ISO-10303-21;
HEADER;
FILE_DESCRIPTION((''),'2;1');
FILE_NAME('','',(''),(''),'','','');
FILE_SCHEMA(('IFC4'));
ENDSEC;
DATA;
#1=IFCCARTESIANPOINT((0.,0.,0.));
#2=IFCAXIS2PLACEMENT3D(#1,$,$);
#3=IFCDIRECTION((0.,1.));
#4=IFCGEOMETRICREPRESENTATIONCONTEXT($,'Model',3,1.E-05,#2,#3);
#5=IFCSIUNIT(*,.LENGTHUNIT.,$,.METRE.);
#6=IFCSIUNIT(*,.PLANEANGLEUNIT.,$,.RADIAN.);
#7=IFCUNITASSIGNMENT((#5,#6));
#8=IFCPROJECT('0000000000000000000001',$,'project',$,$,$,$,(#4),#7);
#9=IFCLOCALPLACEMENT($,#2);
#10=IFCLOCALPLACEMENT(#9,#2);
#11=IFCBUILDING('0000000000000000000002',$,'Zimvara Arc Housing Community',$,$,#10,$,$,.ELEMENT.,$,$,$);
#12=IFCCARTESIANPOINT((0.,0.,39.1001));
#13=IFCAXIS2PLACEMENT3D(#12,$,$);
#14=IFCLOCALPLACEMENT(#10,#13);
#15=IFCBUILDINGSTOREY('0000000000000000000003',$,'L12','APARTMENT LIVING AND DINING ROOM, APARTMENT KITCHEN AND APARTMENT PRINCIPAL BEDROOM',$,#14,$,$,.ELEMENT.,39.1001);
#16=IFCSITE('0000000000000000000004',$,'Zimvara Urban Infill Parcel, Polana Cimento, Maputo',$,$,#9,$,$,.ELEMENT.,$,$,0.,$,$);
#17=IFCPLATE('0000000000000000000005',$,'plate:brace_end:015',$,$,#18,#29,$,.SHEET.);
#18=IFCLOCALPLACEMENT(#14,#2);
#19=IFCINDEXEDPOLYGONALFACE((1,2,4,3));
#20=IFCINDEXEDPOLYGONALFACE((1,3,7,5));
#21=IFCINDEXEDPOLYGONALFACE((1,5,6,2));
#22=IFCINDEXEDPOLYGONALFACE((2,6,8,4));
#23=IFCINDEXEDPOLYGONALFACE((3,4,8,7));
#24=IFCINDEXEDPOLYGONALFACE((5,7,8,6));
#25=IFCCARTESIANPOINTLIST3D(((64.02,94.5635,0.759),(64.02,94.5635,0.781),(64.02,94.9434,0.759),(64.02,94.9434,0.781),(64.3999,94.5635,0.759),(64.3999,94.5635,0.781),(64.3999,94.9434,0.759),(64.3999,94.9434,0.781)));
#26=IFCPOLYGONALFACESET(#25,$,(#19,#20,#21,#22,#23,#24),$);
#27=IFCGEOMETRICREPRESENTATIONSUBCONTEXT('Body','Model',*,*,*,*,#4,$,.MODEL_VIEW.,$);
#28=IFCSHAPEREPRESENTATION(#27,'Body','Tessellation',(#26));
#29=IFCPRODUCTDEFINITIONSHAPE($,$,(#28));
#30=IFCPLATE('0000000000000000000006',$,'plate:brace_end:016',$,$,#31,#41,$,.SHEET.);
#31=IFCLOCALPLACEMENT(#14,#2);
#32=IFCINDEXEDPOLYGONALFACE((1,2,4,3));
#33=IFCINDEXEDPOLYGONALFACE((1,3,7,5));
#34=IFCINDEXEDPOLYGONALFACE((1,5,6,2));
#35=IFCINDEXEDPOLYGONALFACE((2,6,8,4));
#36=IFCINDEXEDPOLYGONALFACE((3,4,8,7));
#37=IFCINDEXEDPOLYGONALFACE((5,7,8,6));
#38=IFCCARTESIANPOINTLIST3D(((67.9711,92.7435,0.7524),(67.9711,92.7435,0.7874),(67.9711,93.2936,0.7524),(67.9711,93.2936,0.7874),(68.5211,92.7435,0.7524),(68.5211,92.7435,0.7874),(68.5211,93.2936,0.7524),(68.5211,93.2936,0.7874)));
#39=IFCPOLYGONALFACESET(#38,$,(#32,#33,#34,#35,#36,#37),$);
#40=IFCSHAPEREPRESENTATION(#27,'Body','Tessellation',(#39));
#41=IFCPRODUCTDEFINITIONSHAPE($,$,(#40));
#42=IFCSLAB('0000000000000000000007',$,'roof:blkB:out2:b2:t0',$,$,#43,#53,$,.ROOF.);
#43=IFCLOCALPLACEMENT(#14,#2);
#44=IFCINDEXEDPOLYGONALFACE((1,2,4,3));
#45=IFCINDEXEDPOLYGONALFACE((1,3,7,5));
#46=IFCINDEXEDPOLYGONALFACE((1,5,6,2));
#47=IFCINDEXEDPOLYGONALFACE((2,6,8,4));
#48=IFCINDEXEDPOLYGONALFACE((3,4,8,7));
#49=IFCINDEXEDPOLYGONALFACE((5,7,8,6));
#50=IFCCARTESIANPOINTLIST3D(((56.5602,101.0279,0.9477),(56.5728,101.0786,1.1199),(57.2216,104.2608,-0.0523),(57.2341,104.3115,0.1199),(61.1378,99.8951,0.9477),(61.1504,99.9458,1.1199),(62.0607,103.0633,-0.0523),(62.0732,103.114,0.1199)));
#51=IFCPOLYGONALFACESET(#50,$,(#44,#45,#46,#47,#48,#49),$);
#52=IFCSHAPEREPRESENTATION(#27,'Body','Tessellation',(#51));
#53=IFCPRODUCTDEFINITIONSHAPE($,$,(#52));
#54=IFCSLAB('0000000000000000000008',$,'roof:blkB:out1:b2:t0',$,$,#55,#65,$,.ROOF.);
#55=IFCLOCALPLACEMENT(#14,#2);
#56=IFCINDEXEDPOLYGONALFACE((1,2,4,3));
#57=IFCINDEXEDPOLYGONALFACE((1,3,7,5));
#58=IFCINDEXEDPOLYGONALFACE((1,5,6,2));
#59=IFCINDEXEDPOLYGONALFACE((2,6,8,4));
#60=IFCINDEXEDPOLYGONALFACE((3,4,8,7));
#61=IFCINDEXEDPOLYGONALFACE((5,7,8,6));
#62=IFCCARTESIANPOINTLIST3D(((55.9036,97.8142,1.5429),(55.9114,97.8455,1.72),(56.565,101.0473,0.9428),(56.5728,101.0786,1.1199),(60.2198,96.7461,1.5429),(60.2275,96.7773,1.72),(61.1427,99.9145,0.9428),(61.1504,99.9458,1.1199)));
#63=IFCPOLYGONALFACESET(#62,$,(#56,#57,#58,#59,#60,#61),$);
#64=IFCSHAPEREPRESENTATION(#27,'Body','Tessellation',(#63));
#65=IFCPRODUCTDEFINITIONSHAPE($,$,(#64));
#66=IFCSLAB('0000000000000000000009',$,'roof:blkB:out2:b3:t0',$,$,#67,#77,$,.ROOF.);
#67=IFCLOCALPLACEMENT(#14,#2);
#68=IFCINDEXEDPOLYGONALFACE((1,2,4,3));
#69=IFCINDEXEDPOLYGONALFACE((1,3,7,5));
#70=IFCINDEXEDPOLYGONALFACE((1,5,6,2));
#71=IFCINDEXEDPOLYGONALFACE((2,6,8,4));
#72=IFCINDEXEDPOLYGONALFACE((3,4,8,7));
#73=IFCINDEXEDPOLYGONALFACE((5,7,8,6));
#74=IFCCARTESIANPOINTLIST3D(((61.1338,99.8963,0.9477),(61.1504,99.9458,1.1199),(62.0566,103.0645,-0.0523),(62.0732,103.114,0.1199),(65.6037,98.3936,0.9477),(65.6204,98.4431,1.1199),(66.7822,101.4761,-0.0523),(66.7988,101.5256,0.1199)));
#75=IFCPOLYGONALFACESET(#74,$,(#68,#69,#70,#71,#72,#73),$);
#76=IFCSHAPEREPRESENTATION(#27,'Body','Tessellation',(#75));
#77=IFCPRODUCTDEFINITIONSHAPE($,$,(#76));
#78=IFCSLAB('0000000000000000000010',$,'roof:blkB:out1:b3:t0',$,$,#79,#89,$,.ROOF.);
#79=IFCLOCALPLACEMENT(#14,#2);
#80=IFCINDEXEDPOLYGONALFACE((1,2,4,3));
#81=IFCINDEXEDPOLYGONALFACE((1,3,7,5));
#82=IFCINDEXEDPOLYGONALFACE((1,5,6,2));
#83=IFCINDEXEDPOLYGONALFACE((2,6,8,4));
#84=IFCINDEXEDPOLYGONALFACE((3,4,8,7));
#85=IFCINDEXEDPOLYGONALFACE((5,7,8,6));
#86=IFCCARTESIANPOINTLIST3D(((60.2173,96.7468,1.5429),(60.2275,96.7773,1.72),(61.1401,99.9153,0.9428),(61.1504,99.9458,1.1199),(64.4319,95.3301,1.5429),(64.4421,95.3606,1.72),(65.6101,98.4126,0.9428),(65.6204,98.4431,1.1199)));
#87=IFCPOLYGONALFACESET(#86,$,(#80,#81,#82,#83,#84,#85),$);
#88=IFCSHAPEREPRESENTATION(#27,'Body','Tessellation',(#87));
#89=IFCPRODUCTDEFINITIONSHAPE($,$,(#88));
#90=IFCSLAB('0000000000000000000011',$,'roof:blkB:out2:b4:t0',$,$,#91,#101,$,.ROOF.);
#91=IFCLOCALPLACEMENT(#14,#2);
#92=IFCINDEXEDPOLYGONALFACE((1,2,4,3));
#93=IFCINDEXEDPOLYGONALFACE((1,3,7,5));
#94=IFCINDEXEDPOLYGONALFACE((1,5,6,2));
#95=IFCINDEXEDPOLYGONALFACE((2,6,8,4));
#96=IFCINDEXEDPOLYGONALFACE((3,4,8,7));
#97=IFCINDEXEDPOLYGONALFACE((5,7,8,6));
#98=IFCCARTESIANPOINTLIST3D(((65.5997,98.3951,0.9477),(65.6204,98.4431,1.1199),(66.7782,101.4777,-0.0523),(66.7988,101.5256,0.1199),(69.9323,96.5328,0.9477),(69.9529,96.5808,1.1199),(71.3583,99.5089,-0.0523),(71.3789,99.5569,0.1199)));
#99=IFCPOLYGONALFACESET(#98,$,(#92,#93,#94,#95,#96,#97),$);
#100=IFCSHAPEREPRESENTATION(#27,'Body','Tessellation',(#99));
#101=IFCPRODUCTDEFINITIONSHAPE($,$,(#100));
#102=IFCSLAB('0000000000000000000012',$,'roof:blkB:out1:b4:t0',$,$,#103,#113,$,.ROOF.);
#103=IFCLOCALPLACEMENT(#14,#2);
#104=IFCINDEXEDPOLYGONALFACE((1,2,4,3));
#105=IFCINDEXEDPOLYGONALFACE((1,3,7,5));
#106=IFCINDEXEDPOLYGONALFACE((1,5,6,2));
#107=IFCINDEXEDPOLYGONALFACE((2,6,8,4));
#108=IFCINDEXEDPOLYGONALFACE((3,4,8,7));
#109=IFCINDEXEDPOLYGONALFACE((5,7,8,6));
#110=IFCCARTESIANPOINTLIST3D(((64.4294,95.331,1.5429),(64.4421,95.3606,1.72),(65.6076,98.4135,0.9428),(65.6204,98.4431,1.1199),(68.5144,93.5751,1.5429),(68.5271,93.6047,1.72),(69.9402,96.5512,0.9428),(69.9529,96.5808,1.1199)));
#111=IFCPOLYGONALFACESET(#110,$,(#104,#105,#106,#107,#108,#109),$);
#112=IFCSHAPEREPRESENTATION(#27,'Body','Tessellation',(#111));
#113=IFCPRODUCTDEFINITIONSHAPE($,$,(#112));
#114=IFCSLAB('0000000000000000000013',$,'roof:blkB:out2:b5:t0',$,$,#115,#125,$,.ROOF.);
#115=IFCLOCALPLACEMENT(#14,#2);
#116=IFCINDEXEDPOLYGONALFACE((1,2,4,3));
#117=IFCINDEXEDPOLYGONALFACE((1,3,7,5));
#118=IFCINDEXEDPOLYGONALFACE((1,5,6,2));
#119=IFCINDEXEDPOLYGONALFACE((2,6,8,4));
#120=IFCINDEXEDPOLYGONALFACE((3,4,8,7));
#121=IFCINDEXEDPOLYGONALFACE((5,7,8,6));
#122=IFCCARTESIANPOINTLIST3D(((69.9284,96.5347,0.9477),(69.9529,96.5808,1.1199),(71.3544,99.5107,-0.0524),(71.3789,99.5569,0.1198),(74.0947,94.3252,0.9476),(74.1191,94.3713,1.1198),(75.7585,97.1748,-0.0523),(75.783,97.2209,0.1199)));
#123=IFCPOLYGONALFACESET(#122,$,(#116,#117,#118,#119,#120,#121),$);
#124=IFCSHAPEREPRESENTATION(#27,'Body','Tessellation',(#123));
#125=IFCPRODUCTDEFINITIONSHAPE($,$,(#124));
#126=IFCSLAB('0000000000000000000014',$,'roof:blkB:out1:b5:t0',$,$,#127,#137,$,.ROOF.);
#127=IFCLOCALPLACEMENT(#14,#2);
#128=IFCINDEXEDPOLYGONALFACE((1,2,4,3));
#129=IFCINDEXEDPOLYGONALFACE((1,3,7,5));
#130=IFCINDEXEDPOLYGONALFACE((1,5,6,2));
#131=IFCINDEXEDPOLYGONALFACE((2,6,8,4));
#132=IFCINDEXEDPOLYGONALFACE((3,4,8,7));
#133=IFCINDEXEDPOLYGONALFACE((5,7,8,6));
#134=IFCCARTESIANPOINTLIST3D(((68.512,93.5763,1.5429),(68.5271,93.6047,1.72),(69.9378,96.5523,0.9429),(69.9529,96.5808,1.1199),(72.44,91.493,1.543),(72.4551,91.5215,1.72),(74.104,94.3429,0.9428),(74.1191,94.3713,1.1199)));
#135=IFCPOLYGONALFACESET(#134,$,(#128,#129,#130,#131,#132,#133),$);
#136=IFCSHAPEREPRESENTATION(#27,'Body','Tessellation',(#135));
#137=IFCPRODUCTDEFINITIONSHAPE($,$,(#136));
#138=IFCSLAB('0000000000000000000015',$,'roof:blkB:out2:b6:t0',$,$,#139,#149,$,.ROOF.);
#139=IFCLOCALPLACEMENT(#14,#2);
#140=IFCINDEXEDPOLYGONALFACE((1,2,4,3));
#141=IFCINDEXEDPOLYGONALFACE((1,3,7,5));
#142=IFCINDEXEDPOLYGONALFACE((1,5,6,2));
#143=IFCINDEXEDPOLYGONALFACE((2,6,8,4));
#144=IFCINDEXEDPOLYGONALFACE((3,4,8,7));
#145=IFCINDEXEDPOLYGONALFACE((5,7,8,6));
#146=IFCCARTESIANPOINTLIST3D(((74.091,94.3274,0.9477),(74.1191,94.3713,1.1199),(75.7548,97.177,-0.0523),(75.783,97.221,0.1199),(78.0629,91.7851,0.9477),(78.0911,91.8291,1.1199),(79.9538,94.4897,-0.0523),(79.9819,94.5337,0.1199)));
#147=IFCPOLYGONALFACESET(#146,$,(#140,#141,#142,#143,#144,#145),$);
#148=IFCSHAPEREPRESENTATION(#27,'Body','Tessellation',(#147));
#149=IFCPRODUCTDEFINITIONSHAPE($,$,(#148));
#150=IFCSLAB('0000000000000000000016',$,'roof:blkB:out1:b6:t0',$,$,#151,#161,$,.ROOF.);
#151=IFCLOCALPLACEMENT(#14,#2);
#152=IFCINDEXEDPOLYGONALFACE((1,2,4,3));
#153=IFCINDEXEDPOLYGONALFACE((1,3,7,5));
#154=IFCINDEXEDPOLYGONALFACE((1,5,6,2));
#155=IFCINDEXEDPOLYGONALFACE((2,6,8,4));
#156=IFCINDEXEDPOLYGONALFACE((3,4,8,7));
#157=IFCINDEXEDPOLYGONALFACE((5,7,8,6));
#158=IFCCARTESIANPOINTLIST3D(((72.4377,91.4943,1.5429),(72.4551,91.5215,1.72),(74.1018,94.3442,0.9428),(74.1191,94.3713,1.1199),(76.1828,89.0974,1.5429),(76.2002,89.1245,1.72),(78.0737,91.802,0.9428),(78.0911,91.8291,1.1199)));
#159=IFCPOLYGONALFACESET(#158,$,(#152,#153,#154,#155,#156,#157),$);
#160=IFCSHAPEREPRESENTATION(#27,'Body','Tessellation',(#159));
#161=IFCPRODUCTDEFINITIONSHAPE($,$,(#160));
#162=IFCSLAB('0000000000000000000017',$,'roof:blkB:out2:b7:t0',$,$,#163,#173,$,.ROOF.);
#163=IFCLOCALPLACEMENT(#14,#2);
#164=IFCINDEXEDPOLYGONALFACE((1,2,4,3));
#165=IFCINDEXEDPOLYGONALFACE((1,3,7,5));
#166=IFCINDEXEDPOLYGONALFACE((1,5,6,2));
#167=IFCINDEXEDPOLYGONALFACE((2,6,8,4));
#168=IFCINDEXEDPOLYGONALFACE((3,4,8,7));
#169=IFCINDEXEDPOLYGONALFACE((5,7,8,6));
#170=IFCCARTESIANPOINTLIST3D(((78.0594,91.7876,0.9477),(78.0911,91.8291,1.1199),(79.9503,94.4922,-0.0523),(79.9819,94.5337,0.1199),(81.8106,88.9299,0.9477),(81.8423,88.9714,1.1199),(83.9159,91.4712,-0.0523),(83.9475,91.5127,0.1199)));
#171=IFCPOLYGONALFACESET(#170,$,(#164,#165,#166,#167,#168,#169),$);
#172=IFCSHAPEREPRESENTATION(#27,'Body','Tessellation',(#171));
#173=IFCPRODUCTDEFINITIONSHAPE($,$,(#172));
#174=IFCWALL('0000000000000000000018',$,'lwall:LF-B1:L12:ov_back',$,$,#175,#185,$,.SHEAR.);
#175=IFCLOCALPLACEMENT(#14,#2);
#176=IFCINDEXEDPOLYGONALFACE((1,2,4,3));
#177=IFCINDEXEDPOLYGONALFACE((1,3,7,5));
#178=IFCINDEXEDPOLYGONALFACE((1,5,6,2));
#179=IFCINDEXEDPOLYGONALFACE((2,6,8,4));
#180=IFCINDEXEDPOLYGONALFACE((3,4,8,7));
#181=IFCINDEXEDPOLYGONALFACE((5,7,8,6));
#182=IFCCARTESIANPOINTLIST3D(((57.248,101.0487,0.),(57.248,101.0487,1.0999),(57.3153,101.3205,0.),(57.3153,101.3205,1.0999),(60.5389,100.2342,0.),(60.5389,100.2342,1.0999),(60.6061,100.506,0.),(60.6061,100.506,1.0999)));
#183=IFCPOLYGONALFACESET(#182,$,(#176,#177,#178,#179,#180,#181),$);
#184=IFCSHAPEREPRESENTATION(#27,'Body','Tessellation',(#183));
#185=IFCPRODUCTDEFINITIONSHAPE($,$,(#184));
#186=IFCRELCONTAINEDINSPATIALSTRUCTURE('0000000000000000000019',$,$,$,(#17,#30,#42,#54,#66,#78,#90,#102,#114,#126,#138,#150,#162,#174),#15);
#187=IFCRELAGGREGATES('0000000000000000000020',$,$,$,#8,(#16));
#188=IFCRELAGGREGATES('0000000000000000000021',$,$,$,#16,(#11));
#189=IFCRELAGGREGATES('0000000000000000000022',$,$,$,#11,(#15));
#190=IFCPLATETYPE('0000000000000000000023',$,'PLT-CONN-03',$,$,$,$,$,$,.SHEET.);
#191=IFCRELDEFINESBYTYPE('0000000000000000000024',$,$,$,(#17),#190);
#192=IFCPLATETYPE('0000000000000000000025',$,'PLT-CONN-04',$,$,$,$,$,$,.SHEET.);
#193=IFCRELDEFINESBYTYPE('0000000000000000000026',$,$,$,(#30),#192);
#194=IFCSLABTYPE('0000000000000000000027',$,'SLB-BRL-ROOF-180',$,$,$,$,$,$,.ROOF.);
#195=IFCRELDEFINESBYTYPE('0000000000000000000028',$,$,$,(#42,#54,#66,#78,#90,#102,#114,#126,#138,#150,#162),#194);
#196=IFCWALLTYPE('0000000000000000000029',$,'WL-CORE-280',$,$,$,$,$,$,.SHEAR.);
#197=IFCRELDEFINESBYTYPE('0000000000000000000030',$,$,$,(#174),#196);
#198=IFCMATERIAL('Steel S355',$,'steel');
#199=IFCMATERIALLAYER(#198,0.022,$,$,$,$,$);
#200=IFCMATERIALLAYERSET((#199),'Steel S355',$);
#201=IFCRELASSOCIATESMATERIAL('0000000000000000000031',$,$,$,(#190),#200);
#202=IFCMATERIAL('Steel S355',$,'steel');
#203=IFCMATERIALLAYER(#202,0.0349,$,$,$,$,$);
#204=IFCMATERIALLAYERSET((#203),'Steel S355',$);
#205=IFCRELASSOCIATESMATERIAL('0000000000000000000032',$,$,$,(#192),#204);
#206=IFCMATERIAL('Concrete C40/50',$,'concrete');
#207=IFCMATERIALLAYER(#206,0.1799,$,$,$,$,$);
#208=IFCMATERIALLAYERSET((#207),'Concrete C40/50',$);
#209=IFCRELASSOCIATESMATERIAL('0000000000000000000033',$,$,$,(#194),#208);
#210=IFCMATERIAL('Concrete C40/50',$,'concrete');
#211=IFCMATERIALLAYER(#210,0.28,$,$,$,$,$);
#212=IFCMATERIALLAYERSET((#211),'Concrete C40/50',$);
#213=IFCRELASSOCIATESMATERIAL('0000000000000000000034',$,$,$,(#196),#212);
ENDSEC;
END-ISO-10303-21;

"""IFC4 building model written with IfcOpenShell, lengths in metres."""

from ifc_helpers import new_model, si_unit, direction, frame, frame_2d, origin, origin_2d, place, context, subcontext, project, spatial, polyline, rectangle, outline, extrude, material, layer, layer_set, type_object, element, save


model = new_model("IFC4")

# Units and contexts
model_context = context("Model", 3, precision=1e-05, world=origin(), true_north=direction((0.0, 1.0)))
body_context = subcontext(model_context, "Body", "Model", "MODEL_VIEW")
ifc_project = project(units=[si_unit("LENGTHUNIT", "METRE"), si_unit("PLANEANGLEUNIT", "RADIAN")], contexts=[model_context])

# Site, building, storey
site_placement = place(None, origin())
site = spatial("IfcSite", under=ifc_project, at=site_placement, Name="Zimvara Urban Infill Parcel, Polana Cimento, Maputo", CompositionType="ELEMENT", RefElevation=0.0)
building_placement = place(site_placement, origin())
building = spatial("IfcBuilding", under=site, at=building_placement, Name="Zimvara Arc Housing Community", CompositionType="ELEMENT")
storey_placement = place(building_placement, frame((0.0, 0.0, 39.1001)))
storey = spatial("IfcBuildingStorey", under=building, at=storey_placement, Name="L12", Description="APARTMENT LIVING AND DINING ROOM, APARTMENT KITCHEN AND APARTMENT PRINCIPAL BEDROOM", CompositionType="ELEMENT", Elevation=39.1001)

# Plates
ifc_material_1 = material(Name="Steel S355", Category="steel")
ifc_layer_1 = layer(ifc_material_1, 0.022)
ifc_layer_set_1 = layer_set([ifc_layer_1], Name="Steel S355")
plate_type_1 = type_object("IfcPlateType", Name="PLT-CONN-03", PredefinedType="SHEET", material=ifc_layer_set_1)
plate_1_placement = place(storey_placement, frame((64.21, 94.7534, 0.759), z_axis=(0.0, 0.0, 1.0), x_axis=(1.0, 0.0, 0.0)))
element("IfcPlate", 1, at=plate_1_placement, inside=storey, type_object=plate_type_1, Name="plate:brace_end:015", PredefinedType="SHEET", context=body_context, shape_type="SweptSolid", body=[
    extrude(rectangle(XDim=0.3799, YDim=0.3799, at=origin_2d()), origin(), (0.0, 0.0, 1.0), 0.022),
])
ifc_material_2 = material(Name="Steel S355", Category="steel")
ifc_layer_2 = layer(ifc_material_2, 0.0349)
ifc_layer_set_2 = layer_set([ifc_layer_2], Name="Steel S355")
plate_type_2 = type_object("IfcPlateType", Name="PLT-CONN-04", PredefinedType="SHEET", material=ifc_layer_set_2)
plate_2_placement = place(storey_placement, frame((68.2461, 93.0186, 0.7524), z_axis=(0.0, 0.0, 1.0), x_axis=(1.0, 0.0, 0.0)))
element("IfcPlate", 2, at=plate_2_placement, inside=storey, type_object=plate_type_2, Name="plate:brace_end:016", PredefinedType="SHEET", context=body_context, shape_type="SweptSolid", body=[
    extrude(rectangle(XDim=0.55, YDim=0.55, at=origin_2d()), origin(), (0.0, 0.0, 1.0), 0.0349),
])

# Slabs
ifc_material_3 = material(Name="Concrete C40/50", Category="concrete")
ifc_layer_3 = layer(ifc_material_3, 0.1799)
ifc_layer_set_3 = layer_set([ifc_layer_3], Name="Concrete C40/50")
slab_type = type_object("IfcSlabType", Name="SLB-BRL-ROOF-180", PredefinedType="ROOF", material=ifc_layer_set_3)
slab_1_placement = place(storey_placement, frame((62.0732, 103.114, 0.1199), z_axis=(0.069721, 0.28174, 0.956954), x_axis=(-0.970719, 0.240219, 0.0)))
element("IfcSlab", 3, at=slab_1_placement, inside=storey, type_object=slab_type, Name="roof:blkB:out2:b2:t0", PredefinedType="ROOF", context=body_context, shape_type="SweptSolid", body=[
    extrude(outline(polyline([(0.0, 0.0), (4.9851, 0.0), (4.8505, 3.4454), (0.1348, 3.4454), (0.0, 0.0)])), origin(), (0.0, 0.0, -1.0), 0.1799),
])
slab_2_placement = place(storey_placement, frame((61.1504, 99.9458, 1.1199), z_axis=(0.043012, 0.173809, 0.98384), x_axis=(-0.970718, 0.24022, 0.0)))
element("IfcSlab", 4, at=slab_2_placement, inside=storey, type_object=slab_type, Name="roof:blkB:out1:b2:t0", PredefinedType="ROOF", context=body_context, shape_type="SweptSolid", body=[
    extrude(outline(polyline([(0.0, 0.0), (4.7157, 0.0), (4.5811, 3.3515), (0.1347, 3.3515), (0.0, 0.0)])), origin(), (0.0, 0.0, -1.0), 0.1799),
])
slab_3_placement = place(storey_placement, frame((66.7988, 101.5256, 0.1199), z_axis=(0.092475, 0.275103, 0.956957), x_axis=(-0.947886, 0.318609, 0.000006)))
element("IfcSlab", 5, at=slab_3_placement, inside=storey, type_object=slab_type, Name="roof:blkB:out2:b3:t0", PredefinedType="ROOF", context=body_context, shape_type="SweptSolid", body=[
    extrude(outline(polyline([(0.0, 0.0), (4.9854, 0.0), (4.8507, 3.4454), (0.1349, 3.4456), (0.0, 0.0)])), origin(), (0.0, 0.0, -1.0), 0.1799),
])
slab_4_placement = place(storey_placement, frame((65.6204, 98.4431, 1.1199), z_axis=(0.057054, 0.169721, 0.983839), x_axis=(-0.947873, 0.318649, -0.000002)))
element("IfcSlab", 6, at=slab_4_placement, inside=storey, type_object=slab_type, Name="roof:blkB:out1:b3:t0", PredefinedType="ROOF", context=body_context, shape_type="SweptSolid", body=[
    extrude(outline(polyline([(0.0, 0.0), (4.7158, 0.0), (4.5809, 3.3515), (0.1346, 3.3514), (0.0, 0.0)])), origin(), (0.0, 0.0, -1.0), 0.1799),
])
slab_5_placement = place(storey_placement, frame((71.3789, 99.5569, 0.1199), z_axis=(0.114611, 0.266632, 0.95696), x_axis=(-0.918719, 0.394912, -0.000001)))
element("IfcSlab", 7, at=slab_5_placement, inside=storey, type_object=slab_type, Name="roof:blkB:out2:b4:t0", PredefinedType="ROOF", context=body_context, shape_type="SweptSolid", body=[
    extrude(outline(polyline([(0.0, 0.0), (4.9853, 0.0), (4.8506, 3.4457), (0.1348, 3.4456), (0.0, 0.0)])), origin(), (0.0, 0.0, -1.0), 0.1799),
])
slab_6_placement = place(storey_placement, frame((69.9529, 96.5808, 1.1199), z_axis=(0.070711, 0.164505, 0.983838), x_axis=(-0.918721, 0.394906, -0.000001)))
element("IfcSlab", 8, at=slab_6_placement, inside=storey, type_object=slab_type, Name="roof:blkB:out1:b4:t0", PredefinedType="ROOF", context=body_context, shape_type="SweptSolid", body=[
    extrude(outline(polyline([(0.0, 0.0), (4.7158, 0.0), (4.581, 3.3514), (0.1346, 3.3514), (0.0, 0.0)])), origin(), (0.0, 0.0, -1.0), 0.1799),
])
slab_7_placement = place(storey_placement, frame((75.783, 97.2209, 0.1199), z_axis=(0.135988, 0.256404, 0.956956), x_axis=(-0.883426, 0.468572, -0.000009)))
element("IfcSlab", 9, at=slab_7_placement, inside=storey, type_object=slab_type, Name="roof:blkB:out2:b5:t0", PredefinedType="ROOF", context=body_context, shape_type="SweptSolid", body=[
    extrude(outline(polyline([(0.0, 0.0), (4.9852, 0.0), (4.8505, 3.4456), (0.1346, 3.4454), (0.0, 0.0)])), origin(), (0.0, 0.0, -1.0), 0.1799),
])
slab_8_placement = place(storey_placement, frame((74.1191, 94.3713, 1.1199), z_axis=(0.083893, 0.158186, 0.983839), x_axis=(-0.883454, 0.468518, 0.000002)))
element("IfcSlab", 10, at=slab_8_placement, inside=storey, type_object=slab_type, Name="roof:blkB:out1:b5:t0", PredefinedType="ROOF", context=body_context, shape_type="SweptSolid", body=[
    extrude(outline(polyline([(0.0, 0.0), (4.7159, 0.0), (4.5811, 3.3514), (0.1349, 3.3515), (0.0, 0.0)])), origin(), (0.0, 0.0, -1.0), 0.1799),
])
slab_9_placement = place(storey_placement, frame((79.9819, 94.5337, 0.1199), z_axis=(0.156456, 0.244456, 0.956955), x_axis=(-0.842278, 0.539043, 0.000007)))
element("IfcSlab", 11, at=slab_9_placement, inside=storey, type_object=slab_type, Name="roof:blkB:out2:b6:t0", PredefinedType="ROOF", context=body_context, shape_type="SweptSolid", body=[
    extrude(outline(polyline([(0.0, 0.0), (4.9853, 0.0), (4.8506, 3.4453), (0.1348, 3.4456), (0.0, 0.0)])), origin(), (0.0, 0.0, -1.0), 0.1799),
])
slab_10_placement = place(storey_placement, frame((78.0911, 91.8291, 1.1199), z_axis=(0.096524, 0.15081, 0.983839), x_axis=(-0.842252, 0.539084, -0.000002)))
element("IfcSlab", 12, at=slab_10_placement, inside=storey, type_object=slab_type, Name="roof:blkB:out1:b6:t0", PredefinedType="ROOF", context=body_context, shape_type="SweptSolid", body=[
    extrude(outline(polyline([(0.0, 0.0), (4.7158, 0.0), (4.5811, 3.3515), (0.1346, 3.3514), (0.0, 0.0)])), origin(), (0.0, 0.0, -1.0), 0.1799),
])
slab_11_placement = place(storey_placement, frame((83.9475, 91.5127, 0.1199), z_axis=(0.175876, 0.230868, 0.956958), x_axis=(-0.79547, 0.605993, -0.000001)))
element("IfcSlab", 13, at=slab_11_placement, inside=storey, type_object=slab_type, Name="roof:blkB:out2:b7:t0", PredefinedType="ROOF", context=body_context, shape_type="SweptSolid", body=[
    extrude(outline(polyline([(0.0, 0.0), (4.9852, 0.0), (4.8504, 3.4456), (0.1347, 3.4456), (0.0, 0.0)])), origin(), (0.0, 0.0, -1.0), 0.1799),
])

# Wall
ifc_material_4 = material(Name="Concrete C40/50", Category="concrete")
ifc_layer_4 = layer(ifc_material_4, 0.28)
ifc_layer_set_4 = layer_set([ifc_layer_4], Name="Concrete C40/50")
wall_type = type_object("IfcWallType", Name="WL-CORE-280", PredefinedType="SHEAR", material=ifc_layer_set_4)
wall_placement = place(storey_placement, frame((60.5725, 100.3701, 0.0), z_axis=(0.0, 0.0, 1.0), x_axis=(-0.970712, 0.240247, 0.0)))
element("IfcWall", 14, at=wall_placement, inside=storey, type_object=wall_type, Name="lwall:LF-B1:L12:ov_back", PredefinedType="SHEAR", context=body_context, shape_type="SweptSolid", body=[
    extrude(rectangle(XDim=3.3901, YDim=0.28, at=frame_2d((1.6951, 0.0))), origin(), (0.0, 0.0, 1.0), 1.0999),
])

save(model, "model.ifc")
